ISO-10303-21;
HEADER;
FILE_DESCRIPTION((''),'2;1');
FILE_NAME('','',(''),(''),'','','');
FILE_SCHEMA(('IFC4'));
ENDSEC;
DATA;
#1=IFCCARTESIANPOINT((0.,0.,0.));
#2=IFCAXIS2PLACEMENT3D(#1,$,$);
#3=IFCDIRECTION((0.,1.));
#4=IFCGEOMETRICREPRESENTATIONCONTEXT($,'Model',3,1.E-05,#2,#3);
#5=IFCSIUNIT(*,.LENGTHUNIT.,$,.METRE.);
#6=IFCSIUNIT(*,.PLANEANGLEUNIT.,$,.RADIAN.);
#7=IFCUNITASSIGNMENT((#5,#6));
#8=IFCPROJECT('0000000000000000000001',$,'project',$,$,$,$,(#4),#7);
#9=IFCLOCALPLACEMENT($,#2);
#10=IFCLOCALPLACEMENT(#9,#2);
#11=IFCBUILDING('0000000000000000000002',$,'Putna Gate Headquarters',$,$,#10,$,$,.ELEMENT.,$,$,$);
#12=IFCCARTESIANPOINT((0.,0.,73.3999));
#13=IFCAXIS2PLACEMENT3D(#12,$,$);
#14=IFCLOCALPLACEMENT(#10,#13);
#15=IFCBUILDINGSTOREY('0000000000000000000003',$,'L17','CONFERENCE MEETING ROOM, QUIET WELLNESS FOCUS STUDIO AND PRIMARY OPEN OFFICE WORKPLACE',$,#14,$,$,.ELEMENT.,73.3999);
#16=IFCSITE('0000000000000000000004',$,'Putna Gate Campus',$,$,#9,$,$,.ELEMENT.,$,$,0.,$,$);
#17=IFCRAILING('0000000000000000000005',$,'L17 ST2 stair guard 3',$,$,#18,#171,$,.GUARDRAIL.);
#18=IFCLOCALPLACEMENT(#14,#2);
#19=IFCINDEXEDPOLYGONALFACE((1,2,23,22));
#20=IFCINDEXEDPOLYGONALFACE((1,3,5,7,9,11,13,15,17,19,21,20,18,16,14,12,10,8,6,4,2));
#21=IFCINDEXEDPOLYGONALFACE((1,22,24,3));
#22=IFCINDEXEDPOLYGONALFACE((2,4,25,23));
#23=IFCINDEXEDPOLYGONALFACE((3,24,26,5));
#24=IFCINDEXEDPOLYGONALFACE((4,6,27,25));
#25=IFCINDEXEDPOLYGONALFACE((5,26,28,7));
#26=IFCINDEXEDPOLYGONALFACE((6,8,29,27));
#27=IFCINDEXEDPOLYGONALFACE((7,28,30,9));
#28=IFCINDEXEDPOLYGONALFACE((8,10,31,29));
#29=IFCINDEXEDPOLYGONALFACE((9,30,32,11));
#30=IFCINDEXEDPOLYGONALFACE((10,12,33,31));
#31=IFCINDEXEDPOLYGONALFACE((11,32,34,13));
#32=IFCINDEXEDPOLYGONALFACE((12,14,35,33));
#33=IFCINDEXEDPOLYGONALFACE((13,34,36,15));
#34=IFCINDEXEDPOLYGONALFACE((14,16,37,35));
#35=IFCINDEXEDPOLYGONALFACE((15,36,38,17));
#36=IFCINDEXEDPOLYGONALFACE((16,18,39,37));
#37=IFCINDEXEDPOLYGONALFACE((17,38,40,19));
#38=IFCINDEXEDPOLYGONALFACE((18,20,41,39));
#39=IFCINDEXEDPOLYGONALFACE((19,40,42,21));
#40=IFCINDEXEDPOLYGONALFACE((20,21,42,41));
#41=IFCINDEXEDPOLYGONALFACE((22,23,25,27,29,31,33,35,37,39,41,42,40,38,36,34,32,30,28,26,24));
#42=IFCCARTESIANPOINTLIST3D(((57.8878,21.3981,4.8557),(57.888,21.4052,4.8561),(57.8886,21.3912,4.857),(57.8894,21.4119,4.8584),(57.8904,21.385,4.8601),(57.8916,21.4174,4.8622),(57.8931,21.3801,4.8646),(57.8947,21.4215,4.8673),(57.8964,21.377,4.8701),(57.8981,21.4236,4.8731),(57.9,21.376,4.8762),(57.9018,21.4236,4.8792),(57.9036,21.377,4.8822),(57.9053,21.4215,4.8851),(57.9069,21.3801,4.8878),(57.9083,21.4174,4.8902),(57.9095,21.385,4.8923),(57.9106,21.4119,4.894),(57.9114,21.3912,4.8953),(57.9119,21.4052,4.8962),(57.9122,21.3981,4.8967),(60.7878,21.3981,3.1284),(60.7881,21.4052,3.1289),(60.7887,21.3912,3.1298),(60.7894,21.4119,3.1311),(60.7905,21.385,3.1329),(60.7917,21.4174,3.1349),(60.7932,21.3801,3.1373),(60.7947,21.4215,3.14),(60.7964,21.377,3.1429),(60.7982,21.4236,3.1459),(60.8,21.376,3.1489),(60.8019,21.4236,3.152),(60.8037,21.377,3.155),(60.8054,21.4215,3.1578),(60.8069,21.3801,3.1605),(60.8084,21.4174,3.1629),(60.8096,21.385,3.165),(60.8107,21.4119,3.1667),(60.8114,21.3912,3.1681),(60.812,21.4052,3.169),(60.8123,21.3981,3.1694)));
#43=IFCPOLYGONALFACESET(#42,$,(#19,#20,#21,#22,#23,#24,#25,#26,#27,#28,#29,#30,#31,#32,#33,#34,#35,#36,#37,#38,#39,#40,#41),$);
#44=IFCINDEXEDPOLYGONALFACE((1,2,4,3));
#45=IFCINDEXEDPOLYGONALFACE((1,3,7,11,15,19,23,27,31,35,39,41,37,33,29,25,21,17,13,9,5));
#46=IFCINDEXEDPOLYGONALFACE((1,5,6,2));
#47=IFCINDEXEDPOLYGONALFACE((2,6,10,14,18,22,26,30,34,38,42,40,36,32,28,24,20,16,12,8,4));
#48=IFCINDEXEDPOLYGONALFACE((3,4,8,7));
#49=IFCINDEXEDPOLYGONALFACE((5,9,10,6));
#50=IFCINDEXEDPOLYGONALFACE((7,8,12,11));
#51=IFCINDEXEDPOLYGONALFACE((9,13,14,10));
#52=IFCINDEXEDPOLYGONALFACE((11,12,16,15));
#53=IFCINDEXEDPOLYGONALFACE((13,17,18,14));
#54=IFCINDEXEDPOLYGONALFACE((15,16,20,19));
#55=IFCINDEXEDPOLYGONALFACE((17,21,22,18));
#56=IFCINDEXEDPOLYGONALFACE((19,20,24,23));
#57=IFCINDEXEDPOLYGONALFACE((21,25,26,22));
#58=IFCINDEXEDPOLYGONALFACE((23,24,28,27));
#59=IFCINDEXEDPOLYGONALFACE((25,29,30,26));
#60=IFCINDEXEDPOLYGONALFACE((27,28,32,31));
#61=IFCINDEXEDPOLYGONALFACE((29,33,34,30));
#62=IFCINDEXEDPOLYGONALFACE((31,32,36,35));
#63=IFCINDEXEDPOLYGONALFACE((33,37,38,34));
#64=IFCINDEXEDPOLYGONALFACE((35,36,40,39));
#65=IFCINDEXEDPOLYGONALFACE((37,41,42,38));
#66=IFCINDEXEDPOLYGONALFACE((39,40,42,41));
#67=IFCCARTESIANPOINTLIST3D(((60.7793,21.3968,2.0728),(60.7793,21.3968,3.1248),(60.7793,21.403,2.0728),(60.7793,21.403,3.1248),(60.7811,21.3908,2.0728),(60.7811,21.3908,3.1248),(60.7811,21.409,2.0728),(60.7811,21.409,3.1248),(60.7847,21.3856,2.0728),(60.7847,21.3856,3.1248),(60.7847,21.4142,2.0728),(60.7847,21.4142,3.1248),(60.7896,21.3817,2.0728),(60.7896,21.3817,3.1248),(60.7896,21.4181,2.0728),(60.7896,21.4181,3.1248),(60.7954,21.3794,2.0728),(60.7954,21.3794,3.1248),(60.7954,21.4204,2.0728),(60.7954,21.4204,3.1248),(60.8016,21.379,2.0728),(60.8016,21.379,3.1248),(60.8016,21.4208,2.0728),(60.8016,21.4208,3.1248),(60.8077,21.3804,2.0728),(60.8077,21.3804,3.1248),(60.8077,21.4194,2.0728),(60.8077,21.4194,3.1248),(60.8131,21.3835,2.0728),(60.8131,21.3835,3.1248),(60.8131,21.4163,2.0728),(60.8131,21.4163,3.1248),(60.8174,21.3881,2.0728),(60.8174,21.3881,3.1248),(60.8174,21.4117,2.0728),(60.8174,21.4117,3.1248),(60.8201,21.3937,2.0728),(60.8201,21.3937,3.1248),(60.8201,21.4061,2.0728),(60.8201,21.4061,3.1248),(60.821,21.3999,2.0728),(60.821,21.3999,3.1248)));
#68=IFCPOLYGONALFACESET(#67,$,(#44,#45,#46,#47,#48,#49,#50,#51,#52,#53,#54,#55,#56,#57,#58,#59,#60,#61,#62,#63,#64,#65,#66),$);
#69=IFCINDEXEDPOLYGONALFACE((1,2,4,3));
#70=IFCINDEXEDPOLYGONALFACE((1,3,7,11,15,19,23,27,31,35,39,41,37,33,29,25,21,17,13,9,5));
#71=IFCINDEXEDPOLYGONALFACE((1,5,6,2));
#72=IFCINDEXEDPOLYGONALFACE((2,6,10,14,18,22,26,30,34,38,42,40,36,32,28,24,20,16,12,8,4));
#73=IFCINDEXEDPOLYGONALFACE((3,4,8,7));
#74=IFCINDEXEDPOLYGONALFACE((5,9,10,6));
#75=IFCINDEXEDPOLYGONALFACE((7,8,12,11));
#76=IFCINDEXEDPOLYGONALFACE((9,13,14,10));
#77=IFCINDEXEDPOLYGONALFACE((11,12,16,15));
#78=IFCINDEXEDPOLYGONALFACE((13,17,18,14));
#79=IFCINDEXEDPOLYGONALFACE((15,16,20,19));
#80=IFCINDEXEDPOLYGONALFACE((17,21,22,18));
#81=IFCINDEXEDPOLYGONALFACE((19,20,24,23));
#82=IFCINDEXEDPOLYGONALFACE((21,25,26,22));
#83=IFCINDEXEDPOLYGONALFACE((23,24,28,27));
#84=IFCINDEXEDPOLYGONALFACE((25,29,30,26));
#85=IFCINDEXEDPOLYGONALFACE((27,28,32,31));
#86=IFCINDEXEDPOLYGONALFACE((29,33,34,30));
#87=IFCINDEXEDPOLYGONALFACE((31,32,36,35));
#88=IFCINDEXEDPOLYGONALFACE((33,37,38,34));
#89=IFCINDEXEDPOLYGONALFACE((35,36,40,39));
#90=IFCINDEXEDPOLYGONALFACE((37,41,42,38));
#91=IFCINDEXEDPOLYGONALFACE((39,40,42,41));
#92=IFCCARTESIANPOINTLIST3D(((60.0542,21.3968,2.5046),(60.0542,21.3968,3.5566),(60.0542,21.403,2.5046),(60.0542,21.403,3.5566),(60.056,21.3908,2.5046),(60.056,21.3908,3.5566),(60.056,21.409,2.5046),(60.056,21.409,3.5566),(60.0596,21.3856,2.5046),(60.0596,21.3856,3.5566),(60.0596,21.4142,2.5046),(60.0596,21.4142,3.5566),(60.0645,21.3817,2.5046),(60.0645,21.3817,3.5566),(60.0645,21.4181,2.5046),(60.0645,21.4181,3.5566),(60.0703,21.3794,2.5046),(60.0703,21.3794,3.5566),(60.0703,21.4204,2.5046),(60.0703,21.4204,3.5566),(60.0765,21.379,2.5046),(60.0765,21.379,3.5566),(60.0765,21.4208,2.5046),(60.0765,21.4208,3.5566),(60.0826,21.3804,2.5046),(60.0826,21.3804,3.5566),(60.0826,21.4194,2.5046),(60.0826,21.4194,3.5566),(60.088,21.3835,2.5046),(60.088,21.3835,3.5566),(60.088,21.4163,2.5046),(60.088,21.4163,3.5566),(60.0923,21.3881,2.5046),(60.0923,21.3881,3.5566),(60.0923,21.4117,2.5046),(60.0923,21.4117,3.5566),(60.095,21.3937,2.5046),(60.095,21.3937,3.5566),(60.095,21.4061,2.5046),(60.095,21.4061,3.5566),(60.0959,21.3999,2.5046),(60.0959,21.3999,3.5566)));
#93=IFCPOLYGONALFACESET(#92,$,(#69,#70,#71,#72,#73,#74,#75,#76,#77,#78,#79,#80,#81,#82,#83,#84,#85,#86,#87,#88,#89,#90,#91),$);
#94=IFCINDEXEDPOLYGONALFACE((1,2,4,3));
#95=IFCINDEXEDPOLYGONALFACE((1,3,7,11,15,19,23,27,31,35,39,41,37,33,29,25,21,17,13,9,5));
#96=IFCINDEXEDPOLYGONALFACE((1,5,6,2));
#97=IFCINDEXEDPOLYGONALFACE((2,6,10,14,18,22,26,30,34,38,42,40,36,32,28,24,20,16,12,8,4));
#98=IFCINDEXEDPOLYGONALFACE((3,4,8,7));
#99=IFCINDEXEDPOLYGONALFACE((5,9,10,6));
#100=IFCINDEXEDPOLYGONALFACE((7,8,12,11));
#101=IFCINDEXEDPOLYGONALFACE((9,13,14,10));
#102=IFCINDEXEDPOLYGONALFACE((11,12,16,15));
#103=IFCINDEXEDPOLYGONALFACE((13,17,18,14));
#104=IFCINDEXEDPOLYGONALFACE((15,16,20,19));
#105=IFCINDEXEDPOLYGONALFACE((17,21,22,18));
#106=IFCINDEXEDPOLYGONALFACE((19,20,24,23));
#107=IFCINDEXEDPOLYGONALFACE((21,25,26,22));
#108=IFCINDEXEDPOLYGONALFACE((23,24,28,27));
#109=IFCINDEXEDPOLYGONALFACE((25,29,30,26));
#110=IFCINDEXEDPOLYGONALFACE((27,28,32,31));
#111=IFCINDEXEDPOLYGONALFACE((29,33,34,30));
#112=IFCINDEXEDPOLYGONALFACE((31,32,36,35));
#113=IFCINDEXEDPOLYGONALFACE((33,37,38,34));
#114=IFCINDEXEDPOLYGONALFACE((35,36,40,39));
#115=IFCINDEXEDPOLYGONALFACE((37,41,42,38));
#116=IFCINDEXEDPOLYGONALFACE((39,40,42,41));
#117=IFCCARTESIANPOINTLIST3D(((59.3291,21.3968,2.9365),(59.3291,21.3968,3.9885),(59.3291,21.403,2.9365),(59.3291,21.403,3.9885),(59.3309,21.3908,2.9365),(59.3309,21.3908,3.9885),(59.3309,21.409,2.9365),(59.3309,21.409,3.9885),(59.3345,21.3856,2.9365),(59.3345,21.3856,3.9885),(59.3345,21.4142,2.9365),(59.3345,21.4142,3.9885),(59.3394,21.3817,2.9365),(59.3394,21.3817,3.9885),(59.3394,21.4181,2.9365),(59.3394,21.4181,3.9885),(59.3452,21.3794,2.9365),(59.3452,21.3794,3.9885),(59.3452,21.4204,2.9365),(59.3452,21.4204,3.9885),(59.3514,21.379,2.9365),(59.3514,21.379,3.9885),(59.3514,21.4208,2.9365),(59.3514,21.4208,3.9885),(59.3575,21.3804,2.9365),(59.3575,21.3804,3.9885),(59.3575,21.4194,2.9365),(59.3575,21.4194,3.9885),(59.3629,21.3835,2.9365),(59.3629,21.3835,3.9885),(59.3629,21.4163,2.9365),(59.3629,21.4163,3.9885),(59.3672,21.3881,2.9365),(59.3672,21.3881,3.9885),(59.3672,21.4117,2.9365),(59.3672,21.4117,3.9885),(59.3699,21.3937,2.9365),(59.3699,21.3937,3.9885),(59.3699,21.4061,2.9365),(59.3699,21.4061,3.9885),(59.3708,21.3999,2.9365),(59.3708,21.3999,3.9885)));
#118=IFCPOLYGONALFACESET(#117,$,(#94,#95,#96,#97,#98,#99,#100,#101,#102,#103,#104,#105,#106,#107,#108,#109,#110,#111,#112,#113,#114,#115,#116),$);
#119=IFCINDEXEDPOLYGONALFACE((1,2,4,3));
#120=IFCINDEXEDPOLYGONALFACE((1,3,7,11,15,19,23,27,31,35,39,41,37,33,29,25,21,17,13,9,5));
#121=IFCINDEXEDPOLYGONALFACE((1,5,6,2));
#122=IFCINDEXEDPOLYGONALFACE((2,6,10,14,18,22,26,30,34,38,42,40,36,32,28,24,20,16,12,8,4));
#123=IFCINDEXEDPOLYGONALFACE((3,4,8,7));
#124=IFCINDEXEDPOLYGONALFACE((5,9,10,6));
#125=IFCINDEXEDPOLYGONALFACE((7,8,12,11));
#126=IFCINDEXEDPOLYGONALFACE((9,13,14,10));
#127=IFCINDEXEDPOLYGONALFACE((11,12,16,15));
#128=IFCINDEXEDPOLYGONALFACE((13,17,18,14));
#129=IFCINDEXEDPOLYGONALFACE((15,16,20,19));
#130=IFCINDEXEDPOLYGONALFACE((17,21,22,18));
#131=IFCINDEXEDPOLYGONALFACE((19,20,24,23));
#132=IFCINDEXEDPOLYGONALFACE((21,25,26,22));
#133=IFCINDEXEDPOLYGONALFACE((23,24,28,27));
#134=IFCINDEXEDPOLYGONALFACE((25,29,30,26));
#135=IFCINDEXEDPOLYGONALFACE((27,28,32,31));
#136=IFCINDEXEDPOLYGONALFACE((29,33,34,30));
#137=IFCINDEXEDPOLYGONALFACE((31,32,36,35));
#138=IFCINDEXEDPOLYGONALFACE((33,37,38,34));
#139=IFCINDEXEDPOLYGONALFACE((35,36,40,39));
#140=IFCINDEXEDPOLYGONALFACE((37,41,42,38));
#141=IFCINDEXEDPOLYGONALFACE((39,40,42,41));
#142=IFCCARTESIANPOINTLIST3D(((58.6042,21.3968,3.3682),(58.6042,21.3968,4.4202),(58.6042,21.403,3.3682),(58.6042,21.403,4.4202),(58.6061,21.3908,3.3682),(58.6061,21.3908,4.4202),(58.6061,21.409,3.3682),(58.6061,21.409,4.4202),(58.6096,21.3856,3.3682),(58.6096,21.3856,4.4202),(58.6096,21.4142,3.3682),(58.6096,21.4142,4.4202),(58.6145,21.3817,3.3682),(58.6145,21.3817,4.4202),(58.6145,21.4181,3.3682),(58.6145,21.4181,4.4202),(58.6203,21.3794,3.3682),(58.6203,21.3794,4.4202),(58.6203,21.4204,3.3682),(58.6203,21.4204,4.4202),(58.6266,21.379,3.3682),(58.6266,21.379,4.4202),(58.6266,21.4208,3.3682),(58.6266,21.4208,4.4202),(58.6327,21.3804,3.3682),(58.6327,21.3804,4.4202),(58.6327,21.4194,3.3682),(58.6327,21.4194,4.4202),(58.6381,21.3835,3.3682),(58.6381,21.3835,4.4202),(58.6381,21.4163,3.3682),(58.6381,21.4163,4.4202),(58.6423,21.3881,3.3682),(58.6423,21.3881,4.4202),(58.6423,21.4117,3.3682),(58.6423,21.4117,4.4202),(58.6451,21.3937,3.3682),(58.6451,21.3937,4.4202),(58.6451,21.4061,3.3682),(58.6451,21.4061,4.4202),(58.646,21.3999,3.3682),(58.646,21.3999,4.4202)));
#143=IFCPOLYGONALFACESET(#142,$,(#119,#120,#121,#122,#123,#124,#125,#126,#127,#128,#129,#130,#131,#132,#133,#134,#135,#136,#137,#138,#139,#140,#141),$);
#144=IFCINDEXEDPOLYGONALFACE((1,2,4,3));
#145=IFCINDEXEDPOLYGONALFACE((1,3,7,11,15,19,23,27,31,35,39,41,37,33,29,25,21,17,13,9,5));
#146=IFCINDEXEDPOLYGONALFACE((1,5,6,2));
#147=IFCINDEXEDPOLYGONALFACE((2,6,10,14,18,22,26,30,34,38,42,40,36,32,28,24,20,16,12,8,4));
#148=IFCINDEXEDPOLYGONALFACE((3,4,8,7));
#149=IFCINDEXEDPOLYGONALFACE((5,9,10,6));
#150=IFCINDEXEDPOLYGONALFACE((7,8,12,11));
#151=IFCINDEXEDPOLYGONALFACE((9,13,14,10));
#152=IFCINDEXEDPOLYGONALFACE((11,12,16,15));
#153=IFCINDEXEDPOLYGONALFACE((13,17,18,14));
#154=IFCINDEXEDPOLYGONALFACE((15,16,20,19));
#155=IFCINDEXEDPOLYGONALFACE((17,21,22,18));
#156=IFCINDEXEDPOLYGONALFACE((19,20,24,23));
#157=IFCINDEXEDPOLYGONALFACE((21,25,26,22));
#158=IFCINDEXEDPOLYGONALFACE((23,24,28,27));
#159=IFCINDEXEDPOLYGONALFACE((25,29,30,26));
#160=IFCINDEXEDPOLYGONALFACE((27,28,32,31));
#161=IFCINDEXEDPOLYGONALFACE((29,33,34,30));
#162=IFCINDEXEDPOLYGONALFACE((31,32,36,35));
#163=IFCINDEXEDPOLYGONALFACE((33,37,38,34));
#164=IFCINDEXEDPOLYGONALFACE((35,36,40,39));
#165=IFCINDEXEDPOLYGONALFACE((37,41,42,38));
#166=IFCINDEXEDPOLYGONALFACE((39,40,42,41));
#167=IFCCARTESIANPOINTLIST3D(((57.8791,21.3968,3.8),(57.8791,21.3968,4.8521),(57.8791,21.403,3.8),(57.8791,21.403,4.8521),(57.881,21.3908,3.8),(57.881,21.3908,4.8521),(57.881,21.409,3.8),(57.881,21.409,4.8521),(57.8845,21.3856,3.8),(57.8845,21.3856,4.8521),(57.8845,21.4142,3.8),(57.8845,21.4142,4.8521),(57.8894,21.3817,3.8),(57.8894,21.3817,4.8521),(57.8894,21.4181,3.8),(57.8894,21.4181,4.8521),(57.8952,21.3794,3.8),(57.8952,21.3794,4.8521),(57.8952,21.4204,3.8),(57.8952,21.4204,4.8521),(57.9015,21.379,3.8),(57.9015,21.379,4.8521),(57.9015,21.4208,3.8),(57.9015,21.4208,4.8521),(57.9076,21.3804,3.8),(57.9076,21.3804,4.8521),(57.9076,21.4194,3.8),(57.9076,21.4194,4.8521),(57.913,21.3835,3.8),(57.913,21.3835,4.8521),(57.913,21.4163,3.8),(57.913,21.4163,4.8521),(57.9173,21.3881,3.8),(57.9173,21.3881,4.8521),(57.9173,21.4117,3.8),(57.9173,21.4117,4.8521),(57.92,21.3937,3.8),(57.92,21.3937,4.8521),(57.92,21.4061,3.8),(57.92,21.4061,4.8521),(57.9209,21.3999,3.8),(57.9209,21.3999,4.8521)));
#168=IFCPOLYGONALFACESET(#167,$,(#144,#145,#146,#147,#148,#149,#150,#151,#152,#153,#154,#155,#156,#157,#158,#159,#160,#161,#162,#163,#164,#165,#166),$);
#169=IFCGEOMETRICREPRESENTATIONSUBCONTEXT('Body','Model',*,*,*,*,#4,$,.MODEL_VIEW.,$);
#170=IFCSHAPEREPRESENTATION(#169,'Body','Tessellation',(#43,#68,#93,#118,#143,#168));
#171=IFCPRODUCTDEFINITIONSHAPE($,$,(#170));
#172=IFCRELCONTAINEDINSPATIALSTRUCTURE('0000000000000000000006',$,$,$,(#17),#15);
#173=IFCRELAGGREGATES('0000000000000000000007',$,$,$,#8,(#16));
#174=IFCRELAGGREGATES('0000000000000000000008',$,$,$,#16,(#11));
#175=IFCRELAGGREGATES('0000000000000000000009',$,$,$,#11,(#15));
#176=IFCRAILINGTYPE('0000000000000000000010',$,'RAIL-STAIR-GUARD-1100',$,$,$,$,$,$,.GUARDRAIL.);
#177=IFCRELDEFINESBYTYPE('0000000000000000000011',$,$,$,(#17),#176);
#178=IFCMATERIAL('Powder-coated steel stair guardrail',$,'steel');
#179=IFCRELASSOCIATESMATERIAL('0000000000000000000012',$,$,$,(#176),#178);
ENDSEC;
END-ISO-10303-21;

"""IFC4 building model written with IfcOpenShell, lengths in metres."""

from ifc_helpers import new_model, si_unit, direction, frame, origin, origin_2d, place, context, subcontext, project, spatial, circle, extrude, material, type_object, element, save


model = new_model("IFC4")

# Units and contexts
model_context = context("Model", 3, precision=1e-05, world=origin(), true_north=direction((0.0, 1.0)))
body_context = subcontext(model_context, "Body", "Model", "MODEL_VIEW")
ifc_project = project(units=[si_unit("LENGTHUNIT", "METRE"), si_unit("PLANEANGLEUNIT", "RADIAN")], contexts=[model_context])

# Site, building, storey
site_placement = place(None, origin())
site = spatial("IfcSite", under=ifc_project, at=site_placement, Name="Putna Gate Campus", CompositionType="ELEMENT", RefElevation=0.0)
building_placement = place(site_placement, origin())
building = spatial("IfcBuilding", under=site, at=building_placement, Name="Putna Gate Headquarters", CompositionType="ELEMENT")
storey_placement = place(building_placement, frame((0.0, 0.0, 73.3999)))
storey = spatial("IfcBuildingStorey", under=building, at=storey_placement, Name="L17", Description="CONFERENCE MEETING ROOM, QUIET WELLNESS FOCUS STUDIO AND PRIMARY OPEN OFFICE WORKPLACE", CompositionType="ELEMENT", Elevation=73.3999)

# Railing
ifc_material_1 = material(Name="Powder-coated steel stair guardrail", Category="steel")
railing_type_1 = type_object("IfcRailingType", Name="RAIL-STAIR-GUARD-1100", PredefinedType="GUARDRAIL", material=ifc_material_1)
railing_1_placement = place(storey_placement, frame((60.8, 21.3999, 2.0728)))
element("IfcRailing", 1, at=railing_1_placement, inside=storey, type_object=railing_type_1, Name="L17 ST2 stair guard 3", PredefinedType="GUARDRAIL", context=body_context, shape_type="SweptSolid", body=[
    extrude(circle(Radius=0.0239, at=origin_2d()), frame((0.0, 0.0, 1.0762), z_axis=(-0.85916, 0.0, 0.511706), x_axis=(0.0, -1.0, 0.0)), (0.0, 0.0, 1.0), 3.3755),
    extrude(circle(Radius=0.021, at=origin_2d()), origin(), (0.0, 0.0, 1.0), 1.052),
    extrude(circle(Radius=0.021, at=origin_2d()), frame((-0.7251, 0.0, 0.4319)), (0.0, 0.0, 1.0), 1.052),
    extrude(circle(Radius=0.021, at=origin_2d()), frame((-1.4502, 0.0, 0.8638)), (0.0, 0.0, 1.0), 1.052),
    extrude(circle(Radius=0.021, at=origin_2d()), frame((-2.175, 0.0, 1.2954)), (0.0, 0.0, 1.0), 1.052),
    extrude(circle(Radius=0.021, at=origin_2d()), frame((-2.9001, 0.0, 1.7273)), (0.0, 0.0, 1.0), 1.052),
])

save(model, "model.ifc")
